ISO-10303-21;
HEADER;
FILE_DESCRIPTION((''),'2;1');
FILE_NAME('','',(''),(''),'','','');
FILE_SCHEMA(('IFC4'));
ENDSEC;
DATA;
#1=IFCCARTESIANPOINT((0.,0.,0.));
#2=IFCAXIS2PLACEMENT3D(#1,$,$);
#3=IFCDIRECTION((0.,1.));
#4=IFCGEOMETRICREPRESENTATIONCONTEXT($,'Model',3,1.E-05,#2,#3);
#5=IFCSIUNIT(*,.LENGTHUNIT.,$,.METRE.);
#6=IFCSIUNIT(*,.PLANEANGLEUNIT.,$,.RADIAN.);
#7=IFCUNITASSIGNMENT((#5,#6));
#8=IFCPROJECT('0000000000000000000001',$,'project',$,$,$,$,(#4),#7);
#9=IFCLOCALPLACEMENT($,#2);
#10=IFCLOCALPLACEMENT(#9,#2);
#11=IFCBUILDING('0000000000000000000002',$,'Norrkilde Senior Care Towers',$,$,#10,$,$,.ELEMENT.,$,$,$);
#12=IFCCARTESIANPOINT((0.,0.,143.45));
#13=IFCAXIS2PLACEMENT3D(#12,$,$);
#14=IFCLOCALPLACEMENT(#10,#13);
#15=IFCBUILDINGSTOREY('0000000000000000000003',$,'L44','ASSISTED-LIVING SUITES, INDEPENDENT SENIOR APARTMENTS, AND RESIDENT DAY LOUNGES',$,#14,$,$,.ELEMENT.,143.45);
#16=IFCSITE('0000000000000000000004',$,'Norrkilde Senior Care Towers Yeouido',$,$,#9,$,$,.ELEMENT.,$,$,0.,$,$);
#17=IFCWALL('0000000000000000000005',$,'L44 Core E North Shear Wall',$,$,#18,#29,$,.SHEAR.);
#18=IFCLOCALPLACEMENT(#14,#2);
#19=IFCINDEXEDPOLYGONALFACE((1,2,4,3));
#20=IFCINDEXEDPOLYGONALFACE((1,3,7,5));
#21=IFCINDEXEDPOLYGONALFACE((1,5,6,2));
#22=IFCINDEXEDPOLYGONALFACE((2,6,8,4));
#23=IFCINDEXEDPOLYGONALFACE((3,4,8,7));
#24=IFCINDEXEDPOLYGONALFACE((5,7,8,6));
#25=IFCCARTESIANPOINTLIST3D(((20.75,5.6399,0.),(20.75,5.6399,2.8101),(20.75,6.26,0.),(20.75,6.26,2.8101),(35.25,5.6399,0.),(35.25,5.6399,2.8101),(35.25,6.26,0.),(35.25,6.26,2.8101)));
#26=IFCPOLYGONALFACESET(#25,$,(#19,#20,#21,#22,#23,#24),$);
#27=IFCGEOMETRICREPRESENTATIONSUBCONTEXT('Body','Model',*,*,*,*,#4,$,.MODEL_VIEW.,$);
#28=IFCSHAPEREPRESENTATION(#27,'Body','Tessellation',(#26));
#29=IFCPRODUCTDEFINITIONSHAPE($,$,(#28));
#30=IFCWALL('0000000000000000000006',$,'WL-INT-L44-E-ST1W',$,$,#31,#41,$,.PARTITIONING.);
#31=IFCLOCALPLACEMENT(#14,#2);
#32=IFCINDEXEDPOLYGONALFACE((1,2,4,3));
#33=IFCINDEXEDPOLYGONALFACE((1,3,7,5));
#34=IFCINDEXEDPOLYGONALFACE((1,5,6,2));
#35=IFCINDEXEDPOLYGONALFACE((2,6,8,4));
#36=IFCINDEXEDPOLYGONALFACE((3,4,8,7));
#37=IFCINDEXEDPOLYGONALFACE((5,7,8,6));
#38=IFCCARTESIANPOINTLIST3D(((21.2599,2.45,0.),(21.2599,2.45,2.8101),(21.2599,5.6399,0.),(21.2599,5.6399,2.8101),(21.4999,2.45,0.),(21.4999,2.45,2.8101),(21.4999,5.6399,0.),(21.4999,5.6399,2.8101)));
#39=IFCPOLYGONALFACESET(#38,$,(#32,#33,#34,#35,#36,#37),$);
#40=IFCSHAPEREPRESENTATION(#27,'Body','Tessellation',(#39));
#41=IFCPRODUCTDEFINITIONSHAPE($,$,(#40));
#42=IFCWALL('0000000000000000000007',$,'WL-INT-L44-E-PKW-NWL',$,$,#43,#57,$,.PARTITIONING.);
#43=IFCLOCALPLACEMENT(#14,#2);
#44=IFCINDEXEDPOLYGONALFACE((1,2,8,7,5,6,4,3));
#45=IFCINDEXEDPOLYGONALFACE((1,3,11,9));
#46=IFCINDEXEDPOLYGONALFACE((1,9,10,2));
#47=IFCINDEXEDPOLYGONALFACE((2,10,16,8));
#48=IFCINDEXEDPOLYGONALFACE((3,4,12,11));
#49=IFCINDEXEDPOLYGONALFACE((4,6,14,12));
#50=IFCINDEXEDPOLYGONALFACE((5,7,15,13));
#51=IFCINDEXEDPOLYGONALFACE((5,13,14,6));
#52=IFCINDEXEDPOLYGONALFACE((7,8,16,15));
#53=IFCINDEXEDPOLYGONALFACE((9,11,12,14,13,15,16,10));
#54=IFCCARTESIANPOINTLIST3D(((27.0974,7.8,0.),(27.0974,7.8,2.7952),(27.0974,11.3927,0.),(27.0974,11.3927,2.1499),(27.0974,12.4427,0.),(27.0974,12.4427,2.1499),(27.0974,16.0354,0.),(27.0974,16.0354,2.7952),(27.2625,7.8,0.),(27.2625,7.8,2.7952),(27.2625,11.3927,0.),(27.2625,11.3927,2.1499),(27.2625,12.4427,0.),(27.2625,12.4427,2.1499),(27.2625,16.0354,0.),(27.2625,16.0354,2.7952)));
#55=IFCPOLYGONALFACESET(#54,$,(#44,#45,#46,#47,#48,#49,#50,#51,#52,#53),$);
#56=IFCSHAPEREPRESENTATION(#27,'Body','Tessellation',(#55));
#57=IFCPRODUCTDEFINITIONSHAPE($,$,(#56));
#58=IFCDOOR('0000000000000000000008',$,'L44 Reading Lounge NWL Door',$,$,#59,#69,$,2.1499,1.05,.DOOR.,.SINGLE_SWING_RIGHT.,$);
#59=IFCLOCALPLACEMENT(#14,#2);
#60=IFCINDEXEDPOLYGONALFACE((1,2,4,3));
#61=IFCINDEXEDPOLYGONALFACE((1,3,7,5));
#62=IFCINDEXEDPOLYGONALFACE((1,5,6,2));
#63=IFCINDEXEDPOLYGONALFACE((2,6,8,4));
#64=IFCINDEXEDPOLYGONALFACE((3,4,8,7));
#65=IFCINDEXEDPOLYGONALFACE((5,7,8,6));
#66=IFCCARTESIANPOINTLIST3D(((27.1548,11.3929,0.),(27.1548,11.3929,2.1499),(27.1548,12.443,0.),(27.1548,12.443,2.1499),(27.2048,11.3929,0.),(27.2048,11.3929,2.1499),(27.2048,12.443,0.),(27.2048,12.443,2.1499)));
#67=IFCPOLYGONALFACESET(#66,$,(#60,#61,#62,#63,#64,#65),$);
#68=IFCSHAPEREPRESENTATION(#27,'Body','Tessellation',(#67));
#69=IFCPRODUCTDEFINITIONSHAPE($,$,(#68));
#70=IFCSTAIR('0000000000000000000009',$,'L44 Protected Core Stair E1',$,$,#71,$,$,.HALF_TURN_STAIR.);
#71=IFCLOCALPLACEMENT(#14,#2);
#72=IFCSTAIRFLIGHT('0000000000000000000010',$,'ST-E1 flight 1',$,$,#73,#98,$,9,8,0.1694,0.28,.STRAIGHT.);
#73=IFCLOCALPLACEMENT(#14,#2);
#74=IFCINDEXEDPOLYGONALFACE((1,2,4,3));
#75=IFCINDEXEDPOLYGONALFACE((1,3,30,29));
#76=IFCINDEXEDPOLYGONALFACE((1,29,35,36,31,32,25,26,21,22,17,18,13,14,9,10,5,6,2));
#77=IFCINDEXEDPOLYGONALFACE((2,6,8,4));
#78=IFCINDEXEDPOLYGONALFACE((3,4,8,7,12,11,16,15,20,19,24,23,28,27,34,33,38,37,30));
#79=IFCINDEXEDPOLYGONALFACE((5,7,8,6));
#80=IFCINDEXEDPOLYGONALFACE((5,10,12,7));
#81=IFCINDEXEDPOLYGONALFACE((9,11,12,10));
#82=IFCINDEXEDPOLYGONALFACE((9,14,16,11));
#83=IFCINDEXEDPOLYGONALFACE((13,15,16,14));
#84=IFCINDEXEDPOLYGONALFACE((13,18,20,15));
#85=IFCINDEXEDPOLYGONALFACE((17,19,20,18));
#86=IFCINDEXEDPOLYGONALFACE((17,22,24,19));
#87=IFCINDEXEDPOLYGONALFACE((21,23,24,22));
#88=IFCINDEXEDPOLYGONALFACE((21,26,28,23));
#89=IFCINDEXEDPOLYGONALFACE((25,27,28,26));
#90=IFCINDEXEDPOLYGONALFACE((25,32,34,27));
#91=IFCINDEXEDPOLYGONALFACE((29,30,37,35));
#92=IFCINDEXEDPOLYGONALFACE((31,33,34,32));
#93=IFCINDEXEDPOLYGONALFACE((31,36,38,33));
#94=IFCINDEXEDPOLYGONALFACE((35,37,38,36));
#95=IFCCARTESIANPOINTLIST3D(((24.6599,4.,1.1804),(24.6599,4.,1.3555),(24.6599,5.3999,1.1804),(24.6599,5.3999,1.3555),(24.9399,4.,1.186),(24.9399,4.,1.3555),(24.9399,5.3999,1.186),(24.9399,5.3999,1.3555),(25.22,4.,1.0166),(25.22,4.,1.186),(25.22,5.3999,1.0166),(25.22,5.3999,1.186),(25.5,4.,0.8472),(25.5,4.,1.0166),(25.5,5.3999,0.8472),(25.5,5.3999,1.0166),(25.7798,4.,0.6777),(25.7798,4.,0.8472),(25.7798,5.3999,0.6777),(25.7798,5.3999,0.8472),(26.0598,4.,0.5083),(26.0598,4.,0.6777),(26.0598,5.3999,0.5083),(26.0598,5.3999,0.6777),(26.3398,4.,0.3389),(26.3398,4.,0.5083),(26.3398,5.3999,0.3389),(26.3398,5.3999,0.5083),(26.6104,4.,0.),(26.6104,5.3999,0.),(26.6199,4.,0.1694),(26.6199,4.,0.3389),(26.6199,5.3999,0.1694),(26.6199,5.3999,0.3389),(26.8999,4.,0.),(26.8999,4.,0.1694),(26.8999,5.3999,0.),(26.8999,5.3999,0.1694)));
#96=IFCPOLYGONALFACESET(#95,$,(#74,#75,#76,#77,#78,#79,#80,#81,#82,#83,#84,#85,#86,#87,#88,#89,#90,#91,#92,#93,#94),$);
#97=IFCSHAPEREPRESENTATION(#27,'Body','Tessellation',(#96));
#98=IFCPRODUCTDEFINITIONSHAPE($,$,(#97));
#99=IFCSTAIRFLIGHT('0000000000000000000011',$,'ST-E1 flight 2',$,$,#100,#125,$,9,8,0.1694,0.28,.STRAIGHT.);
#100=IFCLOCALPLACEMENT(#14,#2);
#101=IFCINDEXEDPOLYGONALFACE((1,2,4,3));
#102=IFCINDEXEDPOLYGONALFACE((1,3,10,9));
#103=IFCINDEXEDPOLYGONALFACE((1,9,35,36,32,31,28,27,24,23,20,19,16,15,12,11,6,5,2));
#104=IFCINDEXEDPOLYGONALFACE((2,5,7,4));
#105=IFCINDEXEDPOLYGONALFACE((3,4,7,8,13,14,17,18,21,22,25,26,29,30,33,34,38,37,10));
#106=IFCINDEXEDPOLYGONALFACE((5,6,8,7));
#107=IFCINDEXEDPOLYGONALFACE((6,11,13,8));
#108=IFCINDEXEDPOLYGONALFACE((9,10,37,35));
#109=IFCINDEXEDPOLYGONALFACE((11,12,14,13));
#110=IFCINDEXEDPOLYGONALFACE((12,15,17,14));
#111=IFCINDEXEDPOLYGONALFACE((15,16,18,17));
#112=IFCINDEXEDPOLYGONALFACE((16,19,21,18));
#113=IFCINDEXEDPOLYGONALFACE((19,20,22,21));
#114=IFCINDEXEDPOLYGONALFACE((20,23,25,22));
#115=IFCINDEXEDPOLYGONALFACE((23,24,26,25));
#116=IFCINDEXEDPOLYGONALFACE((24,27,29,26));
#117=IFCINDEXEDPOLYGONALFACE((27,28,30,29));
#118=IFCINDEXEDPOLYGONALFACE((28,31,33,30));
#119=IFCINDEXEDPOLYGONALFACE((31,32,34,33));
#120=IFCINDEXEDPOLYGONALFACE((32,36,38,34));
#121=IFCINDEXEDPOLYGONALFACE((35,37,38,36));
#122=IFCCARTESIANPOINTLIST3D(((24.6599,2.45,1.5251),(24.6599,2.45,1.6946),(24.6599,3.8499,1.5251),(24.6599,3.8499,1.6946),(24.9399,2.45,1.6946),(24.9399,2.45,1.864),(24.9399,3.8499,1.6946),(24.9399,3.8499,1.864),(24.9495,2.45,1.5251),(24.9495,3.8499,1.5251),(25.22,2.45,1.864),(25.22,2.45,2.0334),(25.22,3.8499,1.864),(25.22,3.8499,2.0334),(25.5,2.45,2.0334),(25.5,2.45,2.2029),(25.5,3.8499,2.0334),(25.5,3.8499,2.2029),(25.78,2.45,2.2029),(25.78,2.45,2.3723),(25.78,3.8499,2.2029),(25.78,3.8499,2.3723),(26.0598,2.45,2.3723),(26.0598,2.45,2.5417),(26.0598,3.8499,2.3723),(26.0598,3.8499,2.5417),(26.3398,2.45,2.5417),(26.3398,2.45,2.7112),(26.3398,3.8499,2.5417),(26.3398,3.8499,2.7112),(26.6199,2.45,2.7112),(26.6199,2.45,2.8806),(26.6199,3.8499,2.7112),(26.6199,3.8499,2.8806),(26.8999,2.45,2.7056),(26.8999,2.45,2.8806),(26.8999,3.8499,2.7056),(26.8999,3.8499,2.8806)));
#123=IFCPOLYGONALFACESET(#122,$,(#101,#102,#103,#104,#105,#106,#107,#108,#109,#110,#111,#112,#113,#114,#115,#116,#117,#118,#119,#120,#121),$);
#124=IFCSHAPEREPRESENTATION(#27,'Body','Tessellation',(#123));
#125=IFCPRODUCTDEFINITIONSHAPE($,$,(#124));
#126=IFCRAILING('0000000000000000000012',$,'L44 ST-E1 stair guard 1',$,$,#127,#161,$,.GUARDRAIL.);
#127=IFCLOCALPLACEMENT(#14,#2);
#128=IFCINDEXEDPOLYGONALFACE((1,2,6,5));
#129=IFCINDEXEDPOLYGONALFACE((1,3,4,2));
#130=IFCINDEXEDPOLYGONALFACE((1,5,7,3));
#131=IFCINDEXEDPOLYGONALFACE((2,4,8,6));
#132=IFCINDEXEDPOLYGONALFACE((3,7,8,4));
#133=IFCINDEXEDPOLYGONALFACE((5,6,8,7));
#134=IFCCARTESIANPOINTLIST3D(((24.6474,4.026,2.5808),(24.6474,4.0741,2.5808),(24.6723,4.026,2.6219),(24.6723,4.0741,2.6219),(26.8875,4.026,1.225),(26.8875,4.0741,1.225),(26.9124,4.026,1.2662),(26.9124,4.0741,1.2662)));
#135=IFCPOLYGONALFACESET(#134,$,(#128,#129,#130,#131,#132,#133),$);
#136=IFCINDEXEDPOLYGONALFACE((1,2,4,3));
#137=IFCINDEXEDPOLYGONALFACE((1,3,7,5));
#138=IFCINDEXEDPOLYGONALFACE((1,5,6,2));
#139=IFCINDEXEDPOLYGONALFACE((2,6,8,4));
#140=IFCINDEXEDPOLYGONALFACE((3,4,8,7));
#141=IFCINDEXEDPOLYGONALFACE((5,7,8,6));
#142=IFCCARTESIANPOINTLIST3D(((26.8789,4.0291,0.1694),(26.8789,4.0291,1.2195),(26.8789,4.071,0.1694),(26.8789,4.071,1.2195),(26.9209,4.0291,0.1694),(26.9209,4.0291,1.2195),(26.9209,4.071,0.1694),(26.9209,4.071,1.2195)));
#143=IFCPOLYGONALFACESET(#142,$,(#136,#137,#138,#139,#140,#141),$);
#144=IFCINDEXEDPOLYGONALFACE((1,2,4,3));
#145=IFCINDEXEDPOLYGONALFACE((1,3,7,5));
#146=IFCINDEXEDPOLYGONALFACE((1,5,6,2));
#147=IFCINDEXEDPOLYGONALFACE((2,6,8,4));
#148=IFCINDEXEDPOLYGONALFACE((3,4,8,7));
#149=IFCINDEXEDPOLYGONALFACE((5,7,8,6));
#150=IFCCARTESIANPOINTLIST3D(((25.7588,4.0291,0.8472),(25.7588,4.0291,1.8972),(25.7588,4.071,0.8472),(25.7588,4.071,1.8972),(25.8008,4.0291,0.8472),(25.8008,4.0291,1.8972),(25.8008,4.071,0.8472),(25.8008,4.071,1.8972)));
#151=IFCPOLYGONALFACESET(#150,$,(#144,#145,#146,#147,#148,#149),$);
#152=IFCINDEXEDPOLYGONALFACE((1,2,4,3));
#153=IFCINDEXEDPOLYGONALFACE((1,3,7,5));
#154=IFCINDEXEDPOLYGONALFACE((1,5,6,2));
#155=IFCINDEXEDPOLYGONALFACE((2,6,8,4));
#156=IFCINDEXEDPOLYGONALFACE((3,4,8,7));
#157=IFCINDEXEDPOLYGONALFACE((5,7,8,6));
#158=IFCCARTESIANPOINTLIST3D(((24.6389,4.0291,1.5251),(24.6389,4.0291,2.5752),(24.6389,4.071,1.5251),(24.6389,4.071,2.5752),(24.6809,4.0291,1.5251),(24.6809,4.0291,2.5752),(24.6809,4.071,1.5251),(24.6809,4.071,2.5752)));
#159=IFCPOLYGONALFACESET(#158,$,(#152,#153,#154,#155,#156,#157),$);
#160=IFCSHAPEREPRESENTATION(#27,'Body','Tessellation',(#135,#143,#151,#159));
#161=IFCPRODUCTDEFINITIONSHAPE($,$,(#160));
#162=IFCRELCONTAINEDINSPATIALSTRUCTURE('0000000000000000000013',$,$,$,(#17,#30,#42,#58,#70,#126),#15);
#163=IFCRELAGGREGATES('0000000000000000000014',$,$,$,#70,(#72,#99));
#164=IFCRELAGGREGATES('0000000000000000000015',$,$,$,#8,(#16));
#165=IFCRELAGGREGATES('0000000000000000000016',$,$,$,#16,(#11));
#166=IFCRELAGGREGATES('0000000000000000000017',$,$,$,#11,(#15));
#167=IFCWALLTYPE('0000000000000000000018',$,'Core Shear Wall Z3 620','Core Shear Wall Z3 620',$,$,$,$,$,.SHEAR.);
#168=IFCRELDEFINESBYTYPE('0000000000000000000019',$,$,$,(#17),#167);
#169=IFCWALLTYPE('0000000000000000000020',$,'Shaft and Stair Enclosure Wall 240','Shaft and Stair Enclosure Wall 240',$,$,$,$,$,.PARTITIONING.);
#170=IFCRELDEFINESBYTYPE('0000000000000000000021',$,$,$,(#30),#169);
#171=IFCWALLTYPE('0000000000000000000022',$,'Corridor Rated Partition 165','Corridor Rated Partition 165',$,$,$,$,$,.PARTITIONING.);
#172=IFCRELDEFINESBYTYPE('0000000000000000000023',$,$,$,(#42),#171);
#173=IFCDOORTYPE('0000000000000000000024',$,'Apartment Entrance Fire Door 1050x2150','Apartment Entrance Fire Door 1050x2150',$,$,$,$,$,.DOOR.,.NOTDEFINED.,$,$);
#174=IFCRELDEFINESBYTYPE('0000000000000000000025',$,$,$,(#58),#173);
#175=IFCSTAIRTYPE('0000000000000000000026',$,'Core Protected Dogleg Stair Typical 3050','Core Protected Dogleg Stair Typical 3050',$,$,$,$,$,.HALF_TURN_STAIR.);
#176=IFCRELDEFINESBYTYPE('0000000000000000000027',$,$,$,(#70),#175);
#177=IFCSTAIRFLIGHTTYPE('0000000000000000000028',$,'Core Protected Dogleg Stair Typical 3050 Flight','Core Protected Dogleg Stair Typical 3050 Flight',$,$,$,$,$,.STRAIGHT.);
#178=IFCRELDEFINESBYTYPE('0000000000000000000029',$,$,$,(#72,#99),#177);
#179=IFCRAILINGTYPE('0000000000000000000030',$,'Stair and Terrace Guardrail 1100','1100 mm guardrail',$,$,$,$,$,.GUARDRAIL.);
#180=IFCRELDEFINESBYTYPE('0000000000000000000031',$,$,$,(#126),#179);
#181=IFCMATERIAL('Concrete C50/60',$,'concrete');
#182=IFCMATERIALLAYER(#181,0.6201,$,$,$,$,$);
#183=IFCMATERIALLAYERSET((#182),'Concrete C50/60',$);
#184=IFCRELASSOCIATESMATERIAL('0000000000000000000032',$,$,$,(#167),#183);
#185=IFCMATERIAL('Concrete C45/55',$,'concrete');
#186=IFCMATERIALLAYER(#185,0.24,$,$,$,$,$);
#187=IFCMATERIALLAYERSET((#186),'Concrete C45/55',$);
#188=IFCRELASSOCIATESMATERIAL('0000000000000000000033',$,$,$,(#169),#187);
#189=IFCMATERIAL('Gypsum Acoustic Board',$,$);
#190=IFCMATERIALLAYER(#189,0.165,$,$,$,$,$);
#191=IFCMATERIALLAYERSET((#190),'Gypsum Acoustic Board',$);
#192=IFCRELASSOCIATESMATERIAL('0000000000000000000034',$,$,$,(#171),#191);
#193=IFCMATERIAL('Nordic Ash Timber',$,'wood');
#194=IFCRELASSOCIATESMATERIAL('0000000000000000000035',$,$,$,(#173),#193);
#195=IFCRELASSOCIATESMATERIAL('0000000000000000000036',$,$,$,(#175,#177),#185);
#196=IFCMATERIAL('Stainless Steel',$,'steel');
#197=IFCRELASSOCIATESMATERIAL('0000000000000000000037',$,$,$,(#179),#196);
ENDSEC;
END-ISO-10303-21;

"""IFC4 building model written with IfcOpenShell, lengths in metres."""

from ifc_helpers import new_model, si_unit, direction, frame, frame_2d, origin, origin_2d, place, context, subcontext, project, spatial, polyline, rectangle, outline, extrude, source, transform, mapped, material, layer, layer_set, type_object, type_shapes, element, fill, aggregate, save


model = new_model("IFC4")

# Units and contexts
model_context = context("Model", 3, precision=1e-05, world=origin(), true_north=direction((0.0, 1.0)))
body_context = subcontext(model_context, "Body", "Model", "MODEL_VIEW")
ifc_project = project(units=[si_unit("LENGTHUNIT", "METRE"), si_unit("PLANEANGLEUNIT", "RADIAN")], contexts=[model_context])

# Site, building, storey
site_placement = place(None, origin())
site = spatial("IfcSite", under=ifc_project, at=site_placement, Name="Norrkilde Senior Care Towers Yeouido", CompositionType="ELEMENT", RefElevation=0.0)
building_placement = place(site_placement, origin())
building = spatial("IfcBuilding", under=site, at=building_placement, Name="Norrkilde Senior Care Towers", CompositionType="ELEMENT")
storey_placement = place(building_placement, frame((0.0, 0.0, 143.45)))
storey = spatial("IfcBuildingStorey", under=building, at=storey_placement, Name="L44", Description="ASSISTED-LIVING SUITES, INDEPENDENT SENIOR APARTMENTS, AND RESIDENT DAY LOUNGES", CompositionType="ELEMENT", Elevation=143.45)

# Shared definitions
ifc_material_1 = material(Name="Concrete C50/60", Category="concrete")

# Walls
ifc_layer_1 = layer(ifc_material_1, 0.6201)
ifc_layer_set_1 = layer_set([ifc_layer_1], Name="Concrete C50/60")
wall_type_1 = type_object("IfcWallType", Name="Core Shear Wall Z3 620", Description="Core Shear Wall Z3 620", PredefinedType="SHEAR", material=ifc_layer_set_1)
shared_shape_1 = source(origin(), body_context, "Body", "SweptSolid", [
    extrude(rectangle(XDim=14.5, YDim=0.6201, at=frame_2d((7.25, 0.0))), origin(), (0.0, 0.0, 1.0), 2.8101),
])
type_shapes(wall_type_1, [shared_shape_1])
wall_1_placement = place(storey_placement, frame((20.75, 5.95, 0.0), z_axis=(0.0, 0.0, 1.0), x_axis=(1.0, 0.0, 0.0)))
element("IfcWall", 1, at=wall_1_placement, inside=storey, type_object=wall_type_1, Name="L44 Core E North Shear Wall", PredefinedType="SHEAR", context=body_context, shape_type="MappedRepresentation", body=[
    mapped(shared_shape_1, transform((0.0, 0.0, 0.0), x_axis=(1.0, 0.0, 0.0), y_axis=(0.0, 1.0, 0.0), z_axis=(0.0, 0.0, 1.0), scale=1.0)),
])
ifc_material_2 = material(Name="Concrete C45/55", Category="concrete")
ifc_layer_2 = layer(ifc_material_2, 0.24)
ifc_layer_set_2 = layer_set([ifc_layer_2], Name="Concrete C45/55")
wall_type_2 = type_object("IfcWallType", Name="Shaft and Stair Enclosure Wall 240", Description="Shaft and Stair Enclosure Wall 240", PredefinedType="PARTITIONING", material=ifc_layer_set_2)
shared_shape_2 = source(origin(), body_context, "Body", "SweptSolid", [
    extrude(rectangle(XDim=3.1899, YDim=0.24, at=frame_2d((1.595, 0.0))), origin(), (0.0, 0.0, 1.0), 2.8101),
])
type_shapes(wall_type_2, [shared_shape_2])
wall_2_placement = place(storey_placement, frame((21.3799, 2.45, 0.0), z_axis=(0.0, 0.0, 1.0), x_axis=(0.0, 1.0, 0.0)))
element("IfcWall", 2, at=wall_2_placement, inside=storey, type_object=wall_type_2, Name="WL-INT-L44-E-ST1W", PredefinedType="PARTITIONING", context=body_context, shape_type="MappedRepresentation", body=[
    mapped(shared_shape_2, transform((0.0, 0.0, 0.0), x_axis=(1.0, 0.0, 0.0), y_axis=(0.0, 1.0, 0.0), z_axis=(0.0, 0.0, 1.0), scale=1.0)),
])

# Wall, opening, door
ifc_material_3 = material(Name="Gypsum Acoustic Board")
ifc_layer_3 = layer(ifc_material_3, 0.165)
ifc_layer_set_3 = layer_set([ifc_layer_3], Name="Gypsum Acoustic Board")
wall_type_3 = type_object("IfcWallType", Name="Corridor Rated Partition 165", Description="Corridor Rated Partition 165", PredefinedType="PARTITIONING", material=ifc_layer_set_3)
shared_shape_3 = source(origin(), body_context, "Body", "SweptSolid", [
    extrude(rectangle(XDim=8.2354, YDim=0.165, at=frame_2d((4.1177, 0.0))), origin(), (0.0, 0.0, 1.0), 2.7952),
])
type_shapes(wall_type_3, [shared_shape_3])
wall_3_placement = place(storey_placement, frame((27.1799, 7.8, 0.0), z_axis=(0.0, 0.0, 1.0), x_axis=(0.0, 1.0, 0.0)))
wall_3 = element("IfcWall", 3, at=wall_3_placement, inside=storey, type_object=wall_type_3, Name="WL-INT-L44-E-PKW-NWL", PredefinedType="PARTITIONING", context=body_context, shape_type="MappedRepresentation", body=[
    mapped(shared_shape_3, transform((0.0, 0.0, 0.0), x_axis=(1.0, 0.0, 0.0), y_axis=(0.0, 1.0, 0.0), z_axis=(0.0, 0.0, 1.0), scale=1.0)),
])
opening_placement = place(wall_3_placement, frame((3.5928, 0.0, 0.0)))
opening = element("IfcOpeningElement", 4, at=opening_placement, cuts=wall_3, PredefinedType="OPENING", context=body_context, shape_type="SweptSolid", body=[
    extrude(rectangle(XDim=1.05, YDim=2.1499, at=frame_2d((0.5249, 1.075))), frame((0.0, 0.0925, 0.0), z_axis=(0.0, -1.0, 0.0), x_axis=(1.0, 0.0, 0.0)), (0.0, 0.0, 1.0), 0.1851),
])
ifc_material_4 = material(Name="Nordic Ash Timber", Category="wood")
door_type = type_object("IfcDoorType", Name="Apartment Entrance Fire Door 1050x2150", Description="Apartment Entrance Fire Door 1050x2150", OperationType="NOTDEFINED", PredefinedType="DOOR", material=ifc_material_4)
shared_shape_4 = source(origin(), body_context, "Body", "SweptSolid", [
    extrude(rectangle(XDim=1.05, YDim=2.1499, at=frame_2d((0.5249, 1.075))), frame((0.0, 0.0249, 0.0), z_axis=(0.0, -1.0, 0.0), x_axis=(1.0, 0.0, 0.0)), (0.0, 0.0, 1.0), 0.05),
])
type_shapes(door_type, [shared_shape_4])
door_placement = place(opening_placement, frame((1.05, 0.0, 0.0), z_axis=(0.0, 0.0, 1.0), x_axis=(-1.0, 0.0, 0.0)))
door = element("IfcDoor", 5, at=door_placement, inside=storey, type_object=door_type, Name="L44 Reading Lounge NWL Door", OperationType="SINGLE_SWING_RIGHT", OverallHeight=2.1499, OverallWidth=1.05, PredefinedType="DOOR", context=body_context, shape_type="MappedRepresentation", body=[
    mapped(shared_shape_4, transform((0.0, 0.0, 0.0), x_axis=(1.0, 0.0, 0.0), y_axis=(0.0, 1.0, 0.0), z_axis=(0.0, 0.0, 1.0), scale=1.0)),
])
fill(opening, door)

# Stair, stair flights
stair_type = type_object("IfcStairType", Name="Core Protected Dogleg Stair Typical 3050", Description="Core Protected Dogleg Stair Typical 3050", PredefinedType="HALF_TURN_STAIR", material=ifc_material_2)
stair_placement = place(storey_placement, origin())
stair = element("IfcStair", 6, at=stair_placement, inside=storey, type_object=stair_type, Name="L44 Protected Core Stair E1", PredefinedType="HALF_TURN_STAIR")
stair_flight_type = type_object("IfcStairFlightType", Name="Core Protected Dogleg Stair Typical 3050 Flight", Description="Core Protected Dogleg Stair Typical 3050 Flight", PredefinedType="STRAIGHT", material=ifc_material_2)
stair_flight_1_placement = place(storey_placement, frame((26.8999, 4.7, 0.0), z_axis=(0.0, 0.0, 1.0), x_axis=(-1.0, 0.0, 0.0)))
stair_flight_1 = element("IfcStairFlight", 7, at=stair_flight_1_placement, type_object=stair_flight_type, Name="ST-E1 flight 1", NumberOfRisers=9, NumberOfTreads=8, PredefinedType="STRAIGHT", RiserHeight=0.1694, TreadLength=0.28, context=body_context, shape_type="SweptSolid", body=[
    extrude(outline(polyline([(0.0, 0.0), (0.0, 0.1694), (0.28, 0.1694), (0.28, 0.3389), (0.5601, 0.3389), (0.5601, 0.5083), (0.8401, 0.5083), (0.8401, 0.6777), (1.1201, 0.6777), (1.1201, 0.8472), (1.3999, 0.8472), (1.3999, 1.0166), (1.6799, 1.0166), (1.6799, 1.186), (1.96, 1.186), (1.96, 1.3555), (2.24, 1.3555), (2.24, 1.5249), (2.24, 1.1804), (0.2896, 0.0), (0.0, 0.0)])), frame((0.0, 0.7, 0.0), z_axis=(0.0, -1.0, 0.0), x_axis=(1.0, 0.0, 0.0)), (0.0, 0.0, 1.0), 1.3999),
])
stair_flight_2_placement = place(storey_placement, frame((24.6599, 3.1499, 1.5251), z_axis=(0.0, 0.0, 1.0), x_axis=(1.0, 0.0, 0.0)))
stair_flight_2 = element("IfcStairFlight", 8, at=stair_flight_2_placement, type_object=stair_flight_type, Name="ST-E1 flight 2", NumberOfRisers=9, NumberOfTreads=8, PredefinedType="STRAIGHT", RiserHeight=0.1694, TreadLength=0.28, context=body_context, shape_type="SweptSolid", body=[
    extrude(outline(polyline([(0.0, 0.0), (0.0, 0.1694), (0.28, 0.1694), (0.28, 0.3389), (0.5601, 0.3389), (0.5601, 0.5083), (0.8401, 0.5083), (0.8401, 0.6777), (1.1201, 0.6777), (1.1201, 0.8472), (1.3999, 0.8472), (1.3999, 1.0166), (1.6799, 1.0166), (1.6799, 1.186), (1.96, 1.186), (1.96, 1.3555), (2.24, 1.3555), (2.24, 1.5249), (2.24, 1.1804), (0.2896, 0.0), (0.0, 0.0)])), frame((0.0, 0.7, 0.0), z_axis=(0.0, -1.0, 0.0), x_axis=(1.0, 0.0, 0.0)), (0.0, 0.0, 1.0), 1.3999),
])
aggregate(stair, [stair_flight_1, stair_flight_2])

# Railing
ifc_material_5 = material(Name="Stainless Steel", Category="steel")
railing_type_1 = type_object("IfcRailingType", Name="Stair and Terrace Guardrail 1100", Description="1100 mm guardrail", PredefinedType="GUARDRAIL", material=ifc_material_5)
railing_1_placement = place(storey_placement, frame((26.8999, 4.05, 0.1694)))
element("IfcRailing", 9, at=railing_1_placement, inside=storey, type_object=railing_type_1, Name="L44 ST-E1 stair guard 1", PredefinedType="GUARDRAIL", context=body_context, shape_type="SweptSolid", body=[
    extrude(rectangle(XDim=0.0481, YDim=0.0481, at=origin_2d()), frame((0.0, 0.0, 1.0762), z_axis=(-0.855512, 0.0, 0.517783), x_axis=(0.0, -1.0, 0.0)), (0.0, 0.0, 1.0), 2.6184),
    extrude(rectangle(XDim=0.042, YDim=0.042, at=origin_2d()), origin(), (0.0, 0.0, 1.0), 1.05),
    extrude(rectangle(XDim=0.042, YDim=0.042, at=origin_2d()), frame((-1.1201, 0.0, 0.6777)), (0.0, 0.0, 1.0), 1.05),
    extrude(rectangle(XDim=0.042, YDim=0.042, at=origin_2d()), frame((-2.24, 0.0, 1.3557)), (0.0, 0.0, 1.0), 1.05),
])

save(model, "model.ifc")
